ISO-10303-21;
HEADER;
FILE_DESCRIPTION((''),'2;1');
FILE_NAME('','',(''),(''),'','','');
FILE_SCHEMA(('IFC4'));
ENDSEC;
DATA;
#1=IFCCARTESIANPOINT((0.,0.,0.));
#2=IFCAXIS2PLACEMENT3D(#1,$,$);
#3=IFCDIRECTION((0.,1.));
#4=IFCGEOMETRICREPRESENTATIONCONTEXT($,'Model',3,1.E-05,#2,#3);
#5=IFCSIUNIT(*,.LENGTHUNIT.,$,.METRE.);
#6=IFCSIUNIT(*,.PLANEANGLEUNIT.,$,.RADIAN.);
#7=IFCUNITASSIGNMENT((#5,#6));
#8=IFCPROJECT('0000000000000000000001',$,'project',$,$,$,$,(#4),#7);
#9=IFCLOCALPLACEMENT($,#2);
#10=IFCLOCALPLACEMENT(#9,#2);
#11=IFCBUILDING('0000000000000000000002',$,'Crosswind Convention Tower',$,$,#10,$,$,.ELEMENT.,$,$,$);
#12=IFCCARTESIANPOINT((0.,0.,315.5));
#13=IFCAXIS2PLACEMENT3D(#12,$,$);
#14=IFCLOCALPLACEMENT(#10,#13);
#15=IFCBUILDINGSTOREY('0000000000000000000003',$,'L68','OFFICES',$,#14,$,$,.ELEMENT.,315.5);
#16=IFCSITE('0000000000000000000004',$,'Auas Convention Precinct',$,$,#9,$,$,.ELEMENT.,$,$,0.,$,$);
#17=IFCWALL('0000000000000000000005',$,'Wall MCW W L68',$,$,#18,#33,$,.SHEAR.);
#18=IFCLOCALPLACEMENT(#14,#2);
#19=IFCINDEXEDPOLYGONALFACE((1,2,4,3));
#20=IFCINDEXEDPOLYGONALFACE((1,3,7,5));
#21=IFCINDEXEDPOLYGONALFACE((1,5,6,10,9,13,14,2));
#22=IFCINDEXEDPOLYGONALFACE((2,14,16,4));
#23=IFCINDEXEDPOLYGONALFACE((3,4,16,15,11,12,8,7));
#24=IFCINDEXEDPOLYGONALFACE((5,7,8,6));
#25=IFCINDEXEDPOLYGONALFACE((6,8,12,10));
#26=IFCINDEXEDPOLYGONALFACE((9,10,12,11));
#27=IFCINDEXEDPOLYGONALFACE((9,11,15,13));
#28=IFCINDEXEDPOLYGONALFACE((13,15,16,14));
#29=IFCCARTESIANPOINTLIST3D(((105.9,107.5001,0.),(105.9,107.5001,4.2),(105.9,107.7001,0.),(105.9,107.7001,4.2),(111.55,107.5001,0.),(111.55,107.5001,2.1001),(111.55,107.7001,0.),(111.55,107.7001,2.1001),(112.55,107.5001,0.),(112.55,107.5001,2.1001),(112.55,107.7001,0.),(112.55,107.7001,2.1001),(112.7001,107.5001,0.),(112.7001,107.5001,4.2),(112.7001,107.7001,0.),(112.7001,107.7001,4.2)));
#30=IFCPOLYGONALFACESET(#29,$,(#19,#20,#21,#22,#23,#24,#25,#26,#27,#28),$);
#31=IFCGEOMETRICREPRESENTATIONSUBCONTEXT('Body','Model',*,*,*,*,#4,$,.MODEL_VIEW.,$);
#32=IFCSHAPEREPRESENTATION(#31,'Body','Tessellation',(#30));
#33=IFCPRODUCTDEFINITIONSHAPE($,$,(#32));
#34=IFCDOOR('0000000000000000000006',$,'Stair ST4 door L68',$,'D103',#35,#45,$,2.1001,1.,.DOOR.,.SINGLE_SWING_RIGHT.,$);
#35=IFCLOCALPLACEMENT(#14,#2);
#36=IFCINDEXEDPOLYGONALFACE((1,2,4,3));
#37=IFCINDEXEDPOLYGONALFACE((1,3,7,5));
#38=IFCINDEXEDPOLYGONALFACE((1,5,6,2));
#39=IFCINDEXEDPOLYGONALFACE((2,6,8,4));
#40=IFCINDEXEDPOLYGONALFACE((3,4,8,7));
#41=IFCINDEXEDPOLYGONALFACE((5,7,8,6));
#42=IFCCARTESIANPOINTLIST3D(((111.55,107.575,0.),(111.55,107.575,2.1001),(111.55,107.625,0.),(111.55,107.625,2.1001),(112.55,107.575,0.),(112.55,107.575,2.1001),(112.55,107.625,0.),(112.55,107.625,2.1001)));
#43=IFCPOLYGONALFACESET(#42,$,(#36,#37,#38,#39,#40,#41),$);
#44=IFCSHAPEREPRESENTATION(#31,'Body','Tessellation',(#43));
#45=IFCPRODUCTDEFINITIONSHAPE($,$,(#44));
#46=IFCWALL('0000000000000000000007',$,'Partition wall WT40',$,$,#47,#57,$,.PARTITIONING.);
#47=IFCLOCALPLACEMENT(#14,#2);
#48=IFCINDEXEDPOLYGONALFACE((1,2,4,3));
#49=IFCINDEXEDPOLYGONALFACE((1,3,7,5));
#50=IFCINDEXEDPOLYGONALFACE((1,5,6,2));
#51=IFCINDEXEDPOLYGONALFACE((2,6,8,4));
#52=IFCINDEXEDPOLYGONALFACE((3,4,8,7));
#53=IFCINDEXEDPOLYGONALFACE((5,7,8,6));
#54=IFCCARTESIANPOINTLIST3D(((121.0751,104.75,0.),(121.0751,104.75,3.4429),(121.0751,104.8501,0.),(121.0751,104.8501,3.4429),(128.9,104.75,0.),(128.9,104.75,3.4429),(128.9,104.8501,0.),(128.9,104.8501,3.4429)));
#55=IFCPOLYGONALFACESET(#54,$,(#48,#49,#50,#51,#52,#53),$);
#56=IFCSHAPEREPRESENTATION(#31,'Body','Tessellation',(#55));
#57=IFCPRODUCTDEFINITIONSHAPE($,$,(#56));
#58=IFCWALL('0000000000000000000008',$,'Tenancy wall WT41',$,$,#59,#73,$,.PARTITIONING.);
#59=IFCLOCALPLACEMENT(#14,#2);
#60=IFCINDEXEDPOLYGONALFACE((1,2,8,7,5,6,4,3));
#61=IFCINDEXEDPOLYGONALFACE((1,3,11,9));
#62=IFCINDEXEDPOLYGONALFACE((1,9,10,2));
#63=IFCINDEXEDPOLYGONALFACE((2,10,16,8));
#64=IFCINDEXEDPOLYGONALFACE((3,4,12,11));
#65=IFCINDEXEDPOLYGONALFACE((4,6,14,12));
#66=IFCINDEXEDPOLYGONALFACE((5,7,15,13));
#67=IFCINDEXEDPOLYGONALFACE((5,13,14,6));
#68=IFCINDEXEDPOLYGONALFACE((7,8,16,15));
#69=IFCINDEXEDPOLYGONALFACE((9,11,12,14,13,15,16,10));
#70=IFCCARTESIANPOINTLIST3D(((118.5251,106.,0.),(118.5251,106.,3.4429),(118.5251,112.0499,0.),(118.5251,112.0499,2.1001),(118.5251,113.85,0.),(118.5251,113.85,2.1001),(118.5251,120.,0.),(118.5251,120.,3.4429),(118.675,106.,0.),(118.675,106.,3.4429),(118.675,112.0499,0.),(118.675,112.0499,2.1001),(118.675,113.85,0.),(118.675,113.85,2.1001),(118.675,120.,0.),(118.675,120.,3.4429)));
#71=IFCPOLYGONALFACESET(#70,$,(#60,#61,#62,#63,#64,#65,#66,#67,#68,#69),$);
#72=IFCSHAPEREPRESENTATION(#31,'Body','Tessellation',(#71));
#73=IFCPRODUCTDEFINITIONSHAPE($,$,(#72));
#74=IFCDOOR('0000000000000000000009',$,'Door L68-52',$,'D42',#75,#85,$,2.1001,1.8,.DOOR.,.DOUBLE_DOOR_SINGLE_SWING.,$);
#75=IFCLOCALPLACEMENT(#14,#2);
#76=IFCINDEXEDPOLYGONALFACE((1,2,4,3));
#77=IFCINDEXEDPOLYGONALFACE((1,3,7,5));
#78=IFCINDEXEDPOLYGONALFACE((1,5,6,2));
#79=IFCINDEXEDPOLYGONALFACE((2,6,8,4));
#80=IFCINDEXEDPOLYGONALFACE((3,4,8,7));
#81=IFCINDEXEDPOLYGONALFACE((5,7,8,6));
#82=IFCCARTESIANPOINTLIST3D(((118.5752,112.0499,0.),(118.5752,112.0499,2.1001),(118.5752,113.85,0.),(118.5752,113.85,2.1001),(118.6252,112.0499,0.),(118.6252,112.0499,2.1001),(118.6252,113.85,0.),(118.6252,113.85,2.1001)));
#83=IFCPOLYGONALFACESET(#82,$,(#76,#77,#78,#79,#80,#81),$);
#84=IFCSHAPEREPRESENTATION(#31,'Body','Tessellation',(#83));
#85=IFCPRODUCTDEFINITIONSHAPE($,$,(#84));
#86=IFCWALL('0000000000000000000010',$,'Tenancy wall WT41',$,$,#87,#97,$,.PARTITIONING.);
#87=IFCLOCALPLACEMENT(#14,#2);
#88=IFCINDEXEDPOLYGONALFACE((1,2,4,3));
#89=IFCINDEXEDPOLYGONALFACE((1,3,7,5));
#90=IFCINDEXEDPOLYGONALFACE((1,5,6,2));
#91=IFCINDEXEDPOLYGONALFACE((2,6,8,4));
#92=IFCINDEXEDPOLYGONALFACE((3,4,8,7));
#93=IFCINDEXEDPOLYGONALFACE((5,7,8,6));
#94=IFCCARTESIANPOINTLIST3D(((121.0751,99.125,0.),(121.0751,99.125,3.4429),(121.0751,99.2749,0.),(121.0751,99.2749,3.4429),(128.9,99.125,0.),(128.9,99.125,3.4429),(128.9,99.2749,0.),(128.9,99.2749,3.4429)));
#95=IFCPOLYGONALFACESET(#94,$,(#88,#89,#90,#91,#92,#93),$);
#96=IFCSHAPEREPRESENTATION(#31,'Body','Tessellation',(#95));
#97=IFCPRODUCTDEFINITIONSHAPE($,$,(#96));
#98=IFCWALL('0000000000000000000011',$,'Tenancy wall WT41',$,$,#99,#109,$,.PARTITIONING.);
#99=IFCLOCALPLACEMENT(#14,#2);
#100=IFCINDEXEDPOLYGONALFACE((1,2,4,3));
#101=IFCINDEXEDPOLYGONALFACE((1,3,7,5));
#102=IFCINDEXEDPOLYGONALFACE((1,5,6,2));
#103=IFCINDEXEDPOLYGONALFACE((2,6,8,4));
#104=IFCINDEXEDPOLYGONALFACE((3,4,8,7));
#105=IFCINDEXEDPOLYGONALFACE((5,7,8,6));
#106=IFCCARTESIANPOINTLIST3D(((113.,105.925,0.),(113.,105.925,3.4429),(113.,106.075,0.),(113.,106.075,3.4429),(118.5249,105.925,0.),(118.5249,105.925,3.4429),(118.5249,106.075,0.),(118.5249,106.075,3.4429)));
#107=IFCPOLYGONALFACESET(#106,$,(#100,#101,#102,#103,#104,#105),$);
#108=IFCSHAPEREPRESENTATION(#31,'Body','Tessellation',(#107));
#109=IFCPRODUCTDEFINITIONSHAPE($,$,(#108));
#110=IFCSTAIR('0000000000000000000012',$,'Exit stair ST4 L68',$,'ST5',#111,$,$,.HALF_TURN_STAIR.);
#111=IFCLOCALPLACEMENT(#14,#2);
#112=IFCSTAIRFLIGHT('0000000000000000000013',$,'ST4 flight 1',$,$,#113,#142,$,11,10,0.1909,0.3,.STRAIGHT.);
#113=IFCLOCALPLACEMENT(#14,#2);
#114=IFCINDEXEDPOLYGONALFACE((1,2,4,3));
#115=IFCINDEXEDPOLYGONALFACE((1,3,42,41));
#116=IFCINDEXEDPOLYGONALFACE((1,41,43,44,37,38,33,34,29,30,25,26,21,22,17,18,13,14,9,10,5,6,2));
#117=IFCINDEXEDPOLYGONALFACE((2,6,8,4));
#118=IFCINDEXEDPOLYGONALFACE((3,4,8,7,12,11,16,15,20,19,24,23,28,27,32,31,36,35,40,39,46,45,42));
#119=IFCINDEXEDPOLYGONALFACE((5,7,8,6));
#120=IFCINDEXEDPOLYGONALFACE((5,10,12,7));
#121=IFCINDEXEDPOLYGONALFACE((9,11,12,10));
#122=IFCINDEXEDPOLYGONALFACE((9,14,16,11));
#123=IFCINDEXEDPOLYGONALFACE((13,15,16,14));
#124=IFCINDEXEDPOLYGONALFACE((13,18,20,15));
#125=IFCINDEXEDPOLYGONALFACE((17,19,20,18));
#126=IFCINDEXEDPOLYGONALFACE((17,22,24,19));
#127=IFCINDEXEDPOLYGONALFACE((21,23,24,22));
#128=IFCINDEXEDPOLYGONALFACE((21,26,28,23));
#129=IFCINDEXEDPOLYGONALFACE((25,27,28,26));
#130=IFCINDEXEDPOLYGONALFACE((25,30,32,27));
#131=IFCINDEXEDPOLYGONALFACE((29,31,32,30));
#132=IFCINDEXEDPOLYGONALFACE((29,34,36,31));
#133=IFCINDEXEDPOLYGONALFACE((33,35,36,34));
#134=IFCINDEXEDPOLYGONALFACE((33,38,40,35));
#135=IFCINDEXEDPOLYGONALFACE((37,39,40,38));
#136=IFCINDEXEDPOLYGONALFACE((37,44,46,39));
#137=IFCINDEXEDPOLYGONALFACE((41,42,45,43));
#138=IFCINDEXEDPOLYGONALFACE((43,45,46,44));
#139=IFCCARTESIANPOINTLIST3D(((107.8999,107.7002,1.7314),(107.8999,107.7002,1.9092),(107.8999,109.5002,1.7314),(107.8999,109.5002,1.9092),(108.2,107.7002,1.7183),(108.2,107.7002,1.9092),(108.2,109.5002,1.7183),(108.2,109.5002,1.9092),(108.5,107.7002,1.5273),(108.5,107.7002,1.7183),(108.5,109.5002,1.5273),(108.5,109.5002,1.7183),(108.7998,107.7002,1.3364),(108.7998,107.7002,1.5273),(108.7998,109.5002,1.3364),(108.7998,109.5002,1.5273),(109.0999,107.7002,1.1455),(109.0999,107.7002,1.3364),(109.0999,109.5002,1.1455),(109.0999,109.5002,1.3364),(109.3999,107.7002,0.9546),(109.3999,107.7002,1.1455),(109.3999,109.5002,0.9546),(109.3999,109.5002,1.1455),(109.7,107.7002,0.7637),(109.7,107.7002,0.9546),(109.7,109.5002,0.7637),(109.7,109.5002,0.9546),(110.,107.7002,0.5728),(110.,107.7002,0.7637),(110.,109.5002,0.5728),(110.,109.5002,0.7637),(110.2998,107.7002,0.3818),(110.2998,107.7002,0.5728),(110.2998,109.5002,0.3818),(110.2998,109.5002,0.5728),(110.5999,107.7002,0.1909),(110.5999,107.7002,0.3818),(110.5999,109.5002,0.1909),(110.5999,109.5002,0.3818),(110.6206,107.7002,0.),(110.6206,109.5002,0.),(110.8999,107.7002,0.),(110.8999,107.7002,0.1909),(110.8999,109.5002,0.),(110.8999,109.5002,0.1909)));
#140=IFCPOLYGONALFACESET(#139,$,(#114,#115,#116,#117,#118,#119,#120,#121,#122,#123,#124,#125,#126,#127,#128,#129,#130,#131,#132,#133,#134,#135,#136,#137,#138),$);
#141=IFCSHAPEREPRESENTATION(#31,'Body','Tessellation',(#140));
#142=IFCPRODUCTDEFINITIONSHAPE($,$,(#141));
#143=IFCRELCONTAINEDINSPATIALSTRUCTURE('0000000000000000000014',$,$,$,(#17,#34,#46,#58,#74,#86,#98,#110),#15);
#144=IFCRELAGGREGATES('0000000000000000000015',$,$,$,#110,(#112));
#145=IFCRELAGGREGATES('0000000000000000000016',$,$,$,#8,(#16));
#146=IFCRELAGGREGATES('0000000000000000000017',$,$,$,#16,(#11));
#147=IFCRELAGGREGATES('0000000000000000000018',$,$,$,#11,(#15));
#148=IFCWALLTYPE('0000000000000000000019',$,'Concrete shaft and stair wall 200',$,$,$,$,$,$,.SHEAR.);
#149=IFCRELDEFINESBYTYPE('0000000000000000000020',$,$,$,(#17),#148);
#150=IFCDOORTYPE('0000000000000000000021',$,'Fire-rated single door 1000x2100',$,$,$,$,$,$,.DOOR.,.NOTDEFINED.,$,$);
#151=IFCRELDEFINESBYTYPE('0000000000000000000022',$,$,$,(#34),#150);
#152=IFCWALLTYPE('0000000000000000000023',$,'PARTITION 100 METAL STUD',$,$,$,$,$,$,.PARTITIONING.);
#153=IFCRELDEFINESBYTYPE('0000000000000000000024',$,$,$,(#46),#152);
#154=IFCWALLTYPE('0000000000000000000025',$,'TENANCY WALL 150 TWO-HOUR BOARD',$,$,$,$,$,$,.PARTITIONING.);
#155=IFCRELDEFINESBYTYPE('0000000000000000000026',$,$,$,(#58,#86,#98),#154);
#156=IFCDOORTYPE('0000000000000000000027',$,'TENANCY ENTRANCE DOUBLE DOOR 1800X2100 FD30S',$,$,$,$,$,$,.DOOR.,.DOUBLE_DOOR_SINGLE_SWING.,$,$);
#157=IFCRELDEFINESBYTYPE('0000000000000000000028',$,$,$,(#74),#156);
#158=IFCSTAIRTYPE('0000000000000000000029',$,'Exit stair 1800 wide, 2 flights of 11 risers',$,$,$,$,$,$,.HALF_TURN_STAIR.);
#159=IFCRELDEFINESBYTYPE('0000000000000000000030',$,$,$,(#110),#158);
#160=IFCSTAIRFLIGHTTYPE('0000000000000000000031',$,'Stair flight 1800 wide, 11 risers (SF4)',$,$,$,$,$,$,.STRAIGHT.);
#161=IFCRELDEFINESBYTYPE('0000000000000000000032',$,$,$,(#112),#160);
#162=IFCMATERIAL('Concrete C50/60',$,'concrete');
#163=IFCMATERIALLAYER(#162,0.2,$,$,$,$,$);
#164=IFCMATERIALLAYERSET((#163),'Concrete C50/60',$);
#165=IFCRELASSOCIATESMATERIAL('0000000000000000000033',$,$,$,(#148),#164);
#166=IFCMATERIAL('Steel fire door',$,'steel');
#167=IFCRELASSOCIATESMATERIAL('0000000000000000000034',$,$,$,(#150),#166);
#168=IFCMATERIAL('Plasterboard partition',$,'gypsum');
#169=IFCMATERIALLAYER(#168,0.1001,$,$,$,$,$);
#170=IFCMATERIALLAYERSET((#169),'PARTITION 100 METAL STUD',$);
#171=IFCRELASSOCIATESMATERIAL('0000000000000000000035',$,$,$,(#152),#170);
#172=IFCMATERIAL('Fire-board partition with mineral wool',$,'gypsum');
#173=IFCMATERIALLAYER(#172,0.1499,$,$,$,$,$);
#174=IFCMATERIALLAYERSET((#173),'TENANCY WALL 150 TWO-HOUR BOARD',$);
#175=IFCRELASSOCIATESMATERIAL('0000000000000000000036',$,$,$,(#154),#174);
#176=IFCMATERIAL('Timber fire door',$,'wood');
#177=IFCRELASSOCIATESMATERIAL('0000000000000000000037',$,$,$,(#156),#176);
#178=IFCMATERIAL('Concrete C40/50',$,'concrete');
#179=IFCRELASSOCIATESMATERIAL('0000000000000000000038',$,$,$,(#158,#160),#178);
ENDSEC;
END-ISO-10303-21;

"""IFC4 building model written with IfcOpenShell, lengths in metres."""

from ifc_helpers import new_model, si_unit, direction, frame, frame_2d, origin, place, context, subcontext, project, spatial, polyline, rectangle, outline, extrude, material, layer, layer_set, type_object, element, fill, aggregate, save


model = new_model("IFC4")

# Units and contexts
model_context = context("Model", 3, precision=1e-05, world=origin(), true_north=direction((0.0, 1.0)))
body_context = subcontext(model_context, "Body", "Model", "MODEL_VIEW")
ifc_project = project(units=[si_unit("LENGTHUNIT", "METRE"), si_unit("PLANEANGLEUNIT", "RADIAN")], contexts=[model_context])

# Site, building, storey
site_placement = place(None, origin())
site = spatial("IfcSite", under=ifc_project, at=site_placement, Name="Auas Convention Precinct", CompositionType="ELEMENT", RefElevation=0.0)
building_placement = place(site_placement, origin())
building = spatial("IfcBuilding", under=site, at=building_placement, Name="Crosswind Convention Tower", CompositionType="ELEMENT")
storey_placement = place(building_placement, frame((0.0, 0.0, 315.5)))
storey = spatial("IfcBuildingStorey", under=building, at=storey_placement, Name="L68", Description="OFFICES", CompositionType="ELEMENT", Elevation=315.5)

# Shared definitions
ifc_material_1 = material(Name="Concrete C50/60", Category="concrete")

# Wall, opening, door
ifc_layer_1 = layer(ifc_material_1, 0.2)
ifc_layer_set_1 = layer_set([ifc_layer_1], Name="Concrete C50/60")
wall_type_1 = type_object("IfcWallType", Name="Concrete shaft and stair wall 200", PredefinedType="SHEAR", material=ifc_layer_set_1)
ifc_material_2 = material(Name="Steel fire door", Category="steel")
wall_1_placement = place(storey_placement, frame((112.7, 107.6001, 0.0), z_axis=(0.0, 0.0, 1.0), x_axis=(-1.0, 0.0, 0.0)))
wall_1 = element("IfcWall", 1, at=wall_1_placement, inside=storey, type_object=wall_type_1, Name="Wall MCW W L68", PredefinedType="SHEAR", context=body_context, shape_type="SweptSolid", body=[
    extrude(rectangle(XDim=6.8, YDim=0.2, at=frame_2d((3.3999, 0.0))), origin(), (0.0, 0.0, 1.0), 4.2),
])
opening_1_placement = place(wall_1_placement, frame((0.1499, 0.0, 0.0)))
opening_1 = element("IfcOpeningElement", 2, at=opening_1_placement, cuts=wall_1, PredefinedType="OPENING", context=body_context, shape_type="SweptSolid", body=[
    extrude(rectangle(XDim=1.0, YDim=2.1001, at=frame_2d((0.5, 1.05))), frame((0.0, 0.1099, 0.0), z_axis=(0.0, -1.0, 0.0), x_axis=(1.0, 0.0, 0.0)), (0.0, 0.0, 1.0), 0.22),
])
door_type_1 = type_object("IfcDoorType", Name="Fire-rated single door 1000x2100", OperationType="NOTDEFINED", PredefinedType="DOOR", material=ifc_material_2)
door_1_placement = place(opening_1_placement, frame((1.0, 0.0, 0.0), z_axis=(0.0, 0.0, 1.0), x_axis=(-1.0, 0.0, 0.0)))
door_1 = element("IfcDoor", 3, at=door_1_placement, inside=storey, type_object=door_type_1, Name="Stair ST4 door L68", ObjectType="D103", OperationType="SINGLE_SWING_RIGHT", OverallHeight=2.1001, OverallWidth=1.0, PredefinedType="DOOR", context=body_context, shape_type="SweptSolid", body=[
    extrude(rectangle(XDim=1.0, YDim=2.1001, at=frame_2d((0.5, 1.05))), frame((0.0, 0.0249, 0.0), z_axis=(0.0, -1.0, 0.0), x_axis=(1.0, 0.0, 0.0)), (0.0, 0.0, 1.0), 0.05),
])
fill(opening_1, door_1)

# Wall
ifc_material_3 = material(Name="Plasterboard partition", Category="gypsum")
ifc_layer_2 = layer(ifc_material_3, 0.1001)
ifc_layer_set_2 = layer_set([ifc_layer_2], Name="PARTITION 100 METAL STUD")
wall_type_2 = type_object("IfcWallType", Name="PARTITION 100 METAL STUD", PredefinedType="PARTITIONING", material=ifc_layer_set_2)
wall_2_placement = place(storey_placement, frame((121.075, 104.8, 0.0), z_axis=(0.0, 0.0, 1.0), x_axis=(1.0, 0.0, 0.0)))
element("IfcWall", 4, at=wall_2_placement, inside=storey, type_object=wall_type_2, Name="Partition wall WT40", PredefinedType="PARTITIONING", context=body_context, shape_type="SweptSolid", body=[
    extrude(rectangle(XDim=7.825, YDim=0.1001, at=frame_2d((3.9126, 0.0))), origin(), (0.0, 0.0, 1.0), 3.4429),
])

# Wall, opening, door
ifc_material_4 = material(Name="Fire-board partition with mineral wool", Category="gypsum")
ifc_layer_3 = layer(ifc_material_4, 0.1499)
ifc_layer_set_3 = layer_set([ifc_layer_3], Name="TENANCY WALL 150 TWO-HOUR BOARD")
wall_type_3 = type_object("IfcWallType", Name="TENANCY WALL 150 TWO-HOUR BOARD", PredefinedType="PARTITIONING", material=ifc_layer_set_3)
wall_3_placement = place(storey_placement, frame((118.6001, 106.0, 0.0), z_axis=(0.0, 0.0, 1.0), x_axis=(0.0, 1.0, 0.0)))
wall_3 = element("IfcWall", 5, at=wall_3_placement, inside=storey, type_object=wall_type_3, Name="Tenancy wall WT41", PredefinedType="PARTITIONING", context=body_context, shape_type="SweptSolid", body=[
    extrude(rectangle(XDim=14.0, YDim=0.1499, at=frame_2d((7.0, 0.0))), origin(), (0.0, 0.0, 1.0), 3.4429),
])
opening_2_placement = place(wall_3_placement, frame((6.05, 0.0, 0.0)))
opening_2 = element("IfcOpeningElement", 6, at=opening_2_placement, cuts=wall_3, PredefinedType="OPENING", context=body_context, shape_type="SweptSolid", body=[
    extrude(rectangle(XDim=1.8, YDim=2.1001, at=frame_2d((0.8999, 1.05))), frame((0.0, 0.085, 0.0), z_axis=(0.0, -1.0, 0.0), x_axis=(1.0, 0.0, 0.0)), (0.0, 0.0, 1.0), 0.1699),
])
ifc_material_5 = material(Name="Timber fire door", Category="wood")
door_type_2 = type_object("IfcDoorType", Name="TENANCY ENTRANCE DOUBLE DOOR 1800X2100 FD30S", OperationType="DOUBLE_DOOR_SINGLE_SWING", PredefinedType="DOOR", material=ifc_material_5)
door_2_placement = place(opening_2_placement, origin())
door_2 = element("IfcDoor", 7, at=door_2_placement, inside=storey, type_object=door_type_2, Name="Door L68-52", ObjectType="D42", OperationType="DOUBLE_DOOR_SINGLE_SWING", OverallHeight=2.1001, OverallWidth=1.8, PredefinedType="DOOR", context=body_context, shape_type="SweptSolid", body=[
    extrude(rectangle(XDim=1.8, YDim=2.1001, at=frame_2d((0.8999, 1.05))), frame((0.0, 0.0249, 0.0), z_axis=(0.0, -1.0, 0.0), x_axis=(1.0, 0.0, 0.0)), (0.0, 0.0, 1.0), 0.05),
])
fill(opening_2, door_2)

# Walls
wall_4_placement = place(storey_placement, frame((121.075, 99.2, 0.0), z_axis=(0.0, 0.0, 1.0), x_axis=(1.0, 0.0, 0.0)))
element("IfcWall", 8, at=wall_4_placement, inside=storey, type_object=wall_type_3, Name="Tenancy wall WT41", PredefinedType="PARTITIONING", context=body_context, shape_type="SweptSolid", body=[
    extrude(rectangle(XDim=7.825, YDim=0.1499, at=frame_2d((3.9126, 0.0))), origin(), (0.0, 0.0, 1.0), 3.4429),
])
wall_5_placement = place(storey_placement, frame((113.0, 106.0, 0.0), z_axis=(0.0, 0.0, 1.0), x_axis=(1.0, 0.0, 0.0)))
element("IfcWall", 9, at=wall_5_placement, inside=storey, type_object=wall_type_3, Name="Tenancy wall WT41", PredefinedType="PARTITIONING", context=body_context, shape_type="SweptSolid", body=[
    extrude(rectangle(XDim=5.5249, YDim=0.1499, at=frame_2d((2.7625, 0.0))), origin(), (0.0, 0.0, 1.0), 3.4429),
])

# Stair, stair flight
ifc_material_6 = material(Name="Concrete C40/50", Category="concrete")
stair_type = type_object("IfcStairType", Name="Exit stair 1800 wide, 2 flights of 11 risers", PredefinedType="HALF_TURN_STAIR", material=ifc_material_6)
stair_placement = place(storey_placement, origin())
stair = element("IfcStair", 10, at=stair_placement, inside=storey, type_object=stair_type, Name="Exit stair ST4 L68", ObjectType="ST5", PredefinedType="HALF_TURN_STAIR")
stair_flight_type = type_object("IfcStairFlightType", Name="Stair flight 1800 wide, 11 risers (SF4)", PredefinedType="STRAIGHT", material=ifc_material_6)
stair_flight_placement = place(storey_placement, frame((110.8999, 108.6001, 0.0), z_axis=(0.0, 0.0, 1.0), x_axis=(-1.0, 0.0, 0.0)))
stair_flight = element("IfcStairFlight", 11, at=stair_flight_placement, type_object=stair_flight_type, Name="ST4 flight 1", NumberOfRisers=11, NumberOfTreads=10, PredefinedType="STRAIGHT", RiserHeight=0.1909, TreadLength=0.3, context=body_context, shape_type="SweptSolid", body=[
    extrude(outline(polyline([(0.0, 0.0), (0.0, 0.1909), (0.3, 0.1909), (0.3, 0.3818), (0.6001, 0.3818), (0.6001, 0.5728), (0.8999, 0.5728), (0.8999, 0.7637), (1.2, 0.7637), (1.2, 0.9546), (1.5, 0.9546), (1.5, 1.1455), (1.8, 1.1455), (1.8, 1.3364), (2.1001, 1.3364), (2.1001, 1.5273), (2.3999, 1.5273), (2.3999, 1.7183), (2.7, 1.7183), (2.7, 1.9092), (3.0, 1.9092), (3.0, 2.1001), (3.0, 1.7314), (0.2793, 0.0), (0.0, 0.0)])), frame((0.0, 0.8999, 0.0), z_axis=(0.0, -1.0, 0.0), x_axis=(1.0, 0.0, 0.0)), (0.0, 0.0, 1.0), 1.8),
])
aggregate(stair, [stair_flight])

save(model, "model.ifc")
